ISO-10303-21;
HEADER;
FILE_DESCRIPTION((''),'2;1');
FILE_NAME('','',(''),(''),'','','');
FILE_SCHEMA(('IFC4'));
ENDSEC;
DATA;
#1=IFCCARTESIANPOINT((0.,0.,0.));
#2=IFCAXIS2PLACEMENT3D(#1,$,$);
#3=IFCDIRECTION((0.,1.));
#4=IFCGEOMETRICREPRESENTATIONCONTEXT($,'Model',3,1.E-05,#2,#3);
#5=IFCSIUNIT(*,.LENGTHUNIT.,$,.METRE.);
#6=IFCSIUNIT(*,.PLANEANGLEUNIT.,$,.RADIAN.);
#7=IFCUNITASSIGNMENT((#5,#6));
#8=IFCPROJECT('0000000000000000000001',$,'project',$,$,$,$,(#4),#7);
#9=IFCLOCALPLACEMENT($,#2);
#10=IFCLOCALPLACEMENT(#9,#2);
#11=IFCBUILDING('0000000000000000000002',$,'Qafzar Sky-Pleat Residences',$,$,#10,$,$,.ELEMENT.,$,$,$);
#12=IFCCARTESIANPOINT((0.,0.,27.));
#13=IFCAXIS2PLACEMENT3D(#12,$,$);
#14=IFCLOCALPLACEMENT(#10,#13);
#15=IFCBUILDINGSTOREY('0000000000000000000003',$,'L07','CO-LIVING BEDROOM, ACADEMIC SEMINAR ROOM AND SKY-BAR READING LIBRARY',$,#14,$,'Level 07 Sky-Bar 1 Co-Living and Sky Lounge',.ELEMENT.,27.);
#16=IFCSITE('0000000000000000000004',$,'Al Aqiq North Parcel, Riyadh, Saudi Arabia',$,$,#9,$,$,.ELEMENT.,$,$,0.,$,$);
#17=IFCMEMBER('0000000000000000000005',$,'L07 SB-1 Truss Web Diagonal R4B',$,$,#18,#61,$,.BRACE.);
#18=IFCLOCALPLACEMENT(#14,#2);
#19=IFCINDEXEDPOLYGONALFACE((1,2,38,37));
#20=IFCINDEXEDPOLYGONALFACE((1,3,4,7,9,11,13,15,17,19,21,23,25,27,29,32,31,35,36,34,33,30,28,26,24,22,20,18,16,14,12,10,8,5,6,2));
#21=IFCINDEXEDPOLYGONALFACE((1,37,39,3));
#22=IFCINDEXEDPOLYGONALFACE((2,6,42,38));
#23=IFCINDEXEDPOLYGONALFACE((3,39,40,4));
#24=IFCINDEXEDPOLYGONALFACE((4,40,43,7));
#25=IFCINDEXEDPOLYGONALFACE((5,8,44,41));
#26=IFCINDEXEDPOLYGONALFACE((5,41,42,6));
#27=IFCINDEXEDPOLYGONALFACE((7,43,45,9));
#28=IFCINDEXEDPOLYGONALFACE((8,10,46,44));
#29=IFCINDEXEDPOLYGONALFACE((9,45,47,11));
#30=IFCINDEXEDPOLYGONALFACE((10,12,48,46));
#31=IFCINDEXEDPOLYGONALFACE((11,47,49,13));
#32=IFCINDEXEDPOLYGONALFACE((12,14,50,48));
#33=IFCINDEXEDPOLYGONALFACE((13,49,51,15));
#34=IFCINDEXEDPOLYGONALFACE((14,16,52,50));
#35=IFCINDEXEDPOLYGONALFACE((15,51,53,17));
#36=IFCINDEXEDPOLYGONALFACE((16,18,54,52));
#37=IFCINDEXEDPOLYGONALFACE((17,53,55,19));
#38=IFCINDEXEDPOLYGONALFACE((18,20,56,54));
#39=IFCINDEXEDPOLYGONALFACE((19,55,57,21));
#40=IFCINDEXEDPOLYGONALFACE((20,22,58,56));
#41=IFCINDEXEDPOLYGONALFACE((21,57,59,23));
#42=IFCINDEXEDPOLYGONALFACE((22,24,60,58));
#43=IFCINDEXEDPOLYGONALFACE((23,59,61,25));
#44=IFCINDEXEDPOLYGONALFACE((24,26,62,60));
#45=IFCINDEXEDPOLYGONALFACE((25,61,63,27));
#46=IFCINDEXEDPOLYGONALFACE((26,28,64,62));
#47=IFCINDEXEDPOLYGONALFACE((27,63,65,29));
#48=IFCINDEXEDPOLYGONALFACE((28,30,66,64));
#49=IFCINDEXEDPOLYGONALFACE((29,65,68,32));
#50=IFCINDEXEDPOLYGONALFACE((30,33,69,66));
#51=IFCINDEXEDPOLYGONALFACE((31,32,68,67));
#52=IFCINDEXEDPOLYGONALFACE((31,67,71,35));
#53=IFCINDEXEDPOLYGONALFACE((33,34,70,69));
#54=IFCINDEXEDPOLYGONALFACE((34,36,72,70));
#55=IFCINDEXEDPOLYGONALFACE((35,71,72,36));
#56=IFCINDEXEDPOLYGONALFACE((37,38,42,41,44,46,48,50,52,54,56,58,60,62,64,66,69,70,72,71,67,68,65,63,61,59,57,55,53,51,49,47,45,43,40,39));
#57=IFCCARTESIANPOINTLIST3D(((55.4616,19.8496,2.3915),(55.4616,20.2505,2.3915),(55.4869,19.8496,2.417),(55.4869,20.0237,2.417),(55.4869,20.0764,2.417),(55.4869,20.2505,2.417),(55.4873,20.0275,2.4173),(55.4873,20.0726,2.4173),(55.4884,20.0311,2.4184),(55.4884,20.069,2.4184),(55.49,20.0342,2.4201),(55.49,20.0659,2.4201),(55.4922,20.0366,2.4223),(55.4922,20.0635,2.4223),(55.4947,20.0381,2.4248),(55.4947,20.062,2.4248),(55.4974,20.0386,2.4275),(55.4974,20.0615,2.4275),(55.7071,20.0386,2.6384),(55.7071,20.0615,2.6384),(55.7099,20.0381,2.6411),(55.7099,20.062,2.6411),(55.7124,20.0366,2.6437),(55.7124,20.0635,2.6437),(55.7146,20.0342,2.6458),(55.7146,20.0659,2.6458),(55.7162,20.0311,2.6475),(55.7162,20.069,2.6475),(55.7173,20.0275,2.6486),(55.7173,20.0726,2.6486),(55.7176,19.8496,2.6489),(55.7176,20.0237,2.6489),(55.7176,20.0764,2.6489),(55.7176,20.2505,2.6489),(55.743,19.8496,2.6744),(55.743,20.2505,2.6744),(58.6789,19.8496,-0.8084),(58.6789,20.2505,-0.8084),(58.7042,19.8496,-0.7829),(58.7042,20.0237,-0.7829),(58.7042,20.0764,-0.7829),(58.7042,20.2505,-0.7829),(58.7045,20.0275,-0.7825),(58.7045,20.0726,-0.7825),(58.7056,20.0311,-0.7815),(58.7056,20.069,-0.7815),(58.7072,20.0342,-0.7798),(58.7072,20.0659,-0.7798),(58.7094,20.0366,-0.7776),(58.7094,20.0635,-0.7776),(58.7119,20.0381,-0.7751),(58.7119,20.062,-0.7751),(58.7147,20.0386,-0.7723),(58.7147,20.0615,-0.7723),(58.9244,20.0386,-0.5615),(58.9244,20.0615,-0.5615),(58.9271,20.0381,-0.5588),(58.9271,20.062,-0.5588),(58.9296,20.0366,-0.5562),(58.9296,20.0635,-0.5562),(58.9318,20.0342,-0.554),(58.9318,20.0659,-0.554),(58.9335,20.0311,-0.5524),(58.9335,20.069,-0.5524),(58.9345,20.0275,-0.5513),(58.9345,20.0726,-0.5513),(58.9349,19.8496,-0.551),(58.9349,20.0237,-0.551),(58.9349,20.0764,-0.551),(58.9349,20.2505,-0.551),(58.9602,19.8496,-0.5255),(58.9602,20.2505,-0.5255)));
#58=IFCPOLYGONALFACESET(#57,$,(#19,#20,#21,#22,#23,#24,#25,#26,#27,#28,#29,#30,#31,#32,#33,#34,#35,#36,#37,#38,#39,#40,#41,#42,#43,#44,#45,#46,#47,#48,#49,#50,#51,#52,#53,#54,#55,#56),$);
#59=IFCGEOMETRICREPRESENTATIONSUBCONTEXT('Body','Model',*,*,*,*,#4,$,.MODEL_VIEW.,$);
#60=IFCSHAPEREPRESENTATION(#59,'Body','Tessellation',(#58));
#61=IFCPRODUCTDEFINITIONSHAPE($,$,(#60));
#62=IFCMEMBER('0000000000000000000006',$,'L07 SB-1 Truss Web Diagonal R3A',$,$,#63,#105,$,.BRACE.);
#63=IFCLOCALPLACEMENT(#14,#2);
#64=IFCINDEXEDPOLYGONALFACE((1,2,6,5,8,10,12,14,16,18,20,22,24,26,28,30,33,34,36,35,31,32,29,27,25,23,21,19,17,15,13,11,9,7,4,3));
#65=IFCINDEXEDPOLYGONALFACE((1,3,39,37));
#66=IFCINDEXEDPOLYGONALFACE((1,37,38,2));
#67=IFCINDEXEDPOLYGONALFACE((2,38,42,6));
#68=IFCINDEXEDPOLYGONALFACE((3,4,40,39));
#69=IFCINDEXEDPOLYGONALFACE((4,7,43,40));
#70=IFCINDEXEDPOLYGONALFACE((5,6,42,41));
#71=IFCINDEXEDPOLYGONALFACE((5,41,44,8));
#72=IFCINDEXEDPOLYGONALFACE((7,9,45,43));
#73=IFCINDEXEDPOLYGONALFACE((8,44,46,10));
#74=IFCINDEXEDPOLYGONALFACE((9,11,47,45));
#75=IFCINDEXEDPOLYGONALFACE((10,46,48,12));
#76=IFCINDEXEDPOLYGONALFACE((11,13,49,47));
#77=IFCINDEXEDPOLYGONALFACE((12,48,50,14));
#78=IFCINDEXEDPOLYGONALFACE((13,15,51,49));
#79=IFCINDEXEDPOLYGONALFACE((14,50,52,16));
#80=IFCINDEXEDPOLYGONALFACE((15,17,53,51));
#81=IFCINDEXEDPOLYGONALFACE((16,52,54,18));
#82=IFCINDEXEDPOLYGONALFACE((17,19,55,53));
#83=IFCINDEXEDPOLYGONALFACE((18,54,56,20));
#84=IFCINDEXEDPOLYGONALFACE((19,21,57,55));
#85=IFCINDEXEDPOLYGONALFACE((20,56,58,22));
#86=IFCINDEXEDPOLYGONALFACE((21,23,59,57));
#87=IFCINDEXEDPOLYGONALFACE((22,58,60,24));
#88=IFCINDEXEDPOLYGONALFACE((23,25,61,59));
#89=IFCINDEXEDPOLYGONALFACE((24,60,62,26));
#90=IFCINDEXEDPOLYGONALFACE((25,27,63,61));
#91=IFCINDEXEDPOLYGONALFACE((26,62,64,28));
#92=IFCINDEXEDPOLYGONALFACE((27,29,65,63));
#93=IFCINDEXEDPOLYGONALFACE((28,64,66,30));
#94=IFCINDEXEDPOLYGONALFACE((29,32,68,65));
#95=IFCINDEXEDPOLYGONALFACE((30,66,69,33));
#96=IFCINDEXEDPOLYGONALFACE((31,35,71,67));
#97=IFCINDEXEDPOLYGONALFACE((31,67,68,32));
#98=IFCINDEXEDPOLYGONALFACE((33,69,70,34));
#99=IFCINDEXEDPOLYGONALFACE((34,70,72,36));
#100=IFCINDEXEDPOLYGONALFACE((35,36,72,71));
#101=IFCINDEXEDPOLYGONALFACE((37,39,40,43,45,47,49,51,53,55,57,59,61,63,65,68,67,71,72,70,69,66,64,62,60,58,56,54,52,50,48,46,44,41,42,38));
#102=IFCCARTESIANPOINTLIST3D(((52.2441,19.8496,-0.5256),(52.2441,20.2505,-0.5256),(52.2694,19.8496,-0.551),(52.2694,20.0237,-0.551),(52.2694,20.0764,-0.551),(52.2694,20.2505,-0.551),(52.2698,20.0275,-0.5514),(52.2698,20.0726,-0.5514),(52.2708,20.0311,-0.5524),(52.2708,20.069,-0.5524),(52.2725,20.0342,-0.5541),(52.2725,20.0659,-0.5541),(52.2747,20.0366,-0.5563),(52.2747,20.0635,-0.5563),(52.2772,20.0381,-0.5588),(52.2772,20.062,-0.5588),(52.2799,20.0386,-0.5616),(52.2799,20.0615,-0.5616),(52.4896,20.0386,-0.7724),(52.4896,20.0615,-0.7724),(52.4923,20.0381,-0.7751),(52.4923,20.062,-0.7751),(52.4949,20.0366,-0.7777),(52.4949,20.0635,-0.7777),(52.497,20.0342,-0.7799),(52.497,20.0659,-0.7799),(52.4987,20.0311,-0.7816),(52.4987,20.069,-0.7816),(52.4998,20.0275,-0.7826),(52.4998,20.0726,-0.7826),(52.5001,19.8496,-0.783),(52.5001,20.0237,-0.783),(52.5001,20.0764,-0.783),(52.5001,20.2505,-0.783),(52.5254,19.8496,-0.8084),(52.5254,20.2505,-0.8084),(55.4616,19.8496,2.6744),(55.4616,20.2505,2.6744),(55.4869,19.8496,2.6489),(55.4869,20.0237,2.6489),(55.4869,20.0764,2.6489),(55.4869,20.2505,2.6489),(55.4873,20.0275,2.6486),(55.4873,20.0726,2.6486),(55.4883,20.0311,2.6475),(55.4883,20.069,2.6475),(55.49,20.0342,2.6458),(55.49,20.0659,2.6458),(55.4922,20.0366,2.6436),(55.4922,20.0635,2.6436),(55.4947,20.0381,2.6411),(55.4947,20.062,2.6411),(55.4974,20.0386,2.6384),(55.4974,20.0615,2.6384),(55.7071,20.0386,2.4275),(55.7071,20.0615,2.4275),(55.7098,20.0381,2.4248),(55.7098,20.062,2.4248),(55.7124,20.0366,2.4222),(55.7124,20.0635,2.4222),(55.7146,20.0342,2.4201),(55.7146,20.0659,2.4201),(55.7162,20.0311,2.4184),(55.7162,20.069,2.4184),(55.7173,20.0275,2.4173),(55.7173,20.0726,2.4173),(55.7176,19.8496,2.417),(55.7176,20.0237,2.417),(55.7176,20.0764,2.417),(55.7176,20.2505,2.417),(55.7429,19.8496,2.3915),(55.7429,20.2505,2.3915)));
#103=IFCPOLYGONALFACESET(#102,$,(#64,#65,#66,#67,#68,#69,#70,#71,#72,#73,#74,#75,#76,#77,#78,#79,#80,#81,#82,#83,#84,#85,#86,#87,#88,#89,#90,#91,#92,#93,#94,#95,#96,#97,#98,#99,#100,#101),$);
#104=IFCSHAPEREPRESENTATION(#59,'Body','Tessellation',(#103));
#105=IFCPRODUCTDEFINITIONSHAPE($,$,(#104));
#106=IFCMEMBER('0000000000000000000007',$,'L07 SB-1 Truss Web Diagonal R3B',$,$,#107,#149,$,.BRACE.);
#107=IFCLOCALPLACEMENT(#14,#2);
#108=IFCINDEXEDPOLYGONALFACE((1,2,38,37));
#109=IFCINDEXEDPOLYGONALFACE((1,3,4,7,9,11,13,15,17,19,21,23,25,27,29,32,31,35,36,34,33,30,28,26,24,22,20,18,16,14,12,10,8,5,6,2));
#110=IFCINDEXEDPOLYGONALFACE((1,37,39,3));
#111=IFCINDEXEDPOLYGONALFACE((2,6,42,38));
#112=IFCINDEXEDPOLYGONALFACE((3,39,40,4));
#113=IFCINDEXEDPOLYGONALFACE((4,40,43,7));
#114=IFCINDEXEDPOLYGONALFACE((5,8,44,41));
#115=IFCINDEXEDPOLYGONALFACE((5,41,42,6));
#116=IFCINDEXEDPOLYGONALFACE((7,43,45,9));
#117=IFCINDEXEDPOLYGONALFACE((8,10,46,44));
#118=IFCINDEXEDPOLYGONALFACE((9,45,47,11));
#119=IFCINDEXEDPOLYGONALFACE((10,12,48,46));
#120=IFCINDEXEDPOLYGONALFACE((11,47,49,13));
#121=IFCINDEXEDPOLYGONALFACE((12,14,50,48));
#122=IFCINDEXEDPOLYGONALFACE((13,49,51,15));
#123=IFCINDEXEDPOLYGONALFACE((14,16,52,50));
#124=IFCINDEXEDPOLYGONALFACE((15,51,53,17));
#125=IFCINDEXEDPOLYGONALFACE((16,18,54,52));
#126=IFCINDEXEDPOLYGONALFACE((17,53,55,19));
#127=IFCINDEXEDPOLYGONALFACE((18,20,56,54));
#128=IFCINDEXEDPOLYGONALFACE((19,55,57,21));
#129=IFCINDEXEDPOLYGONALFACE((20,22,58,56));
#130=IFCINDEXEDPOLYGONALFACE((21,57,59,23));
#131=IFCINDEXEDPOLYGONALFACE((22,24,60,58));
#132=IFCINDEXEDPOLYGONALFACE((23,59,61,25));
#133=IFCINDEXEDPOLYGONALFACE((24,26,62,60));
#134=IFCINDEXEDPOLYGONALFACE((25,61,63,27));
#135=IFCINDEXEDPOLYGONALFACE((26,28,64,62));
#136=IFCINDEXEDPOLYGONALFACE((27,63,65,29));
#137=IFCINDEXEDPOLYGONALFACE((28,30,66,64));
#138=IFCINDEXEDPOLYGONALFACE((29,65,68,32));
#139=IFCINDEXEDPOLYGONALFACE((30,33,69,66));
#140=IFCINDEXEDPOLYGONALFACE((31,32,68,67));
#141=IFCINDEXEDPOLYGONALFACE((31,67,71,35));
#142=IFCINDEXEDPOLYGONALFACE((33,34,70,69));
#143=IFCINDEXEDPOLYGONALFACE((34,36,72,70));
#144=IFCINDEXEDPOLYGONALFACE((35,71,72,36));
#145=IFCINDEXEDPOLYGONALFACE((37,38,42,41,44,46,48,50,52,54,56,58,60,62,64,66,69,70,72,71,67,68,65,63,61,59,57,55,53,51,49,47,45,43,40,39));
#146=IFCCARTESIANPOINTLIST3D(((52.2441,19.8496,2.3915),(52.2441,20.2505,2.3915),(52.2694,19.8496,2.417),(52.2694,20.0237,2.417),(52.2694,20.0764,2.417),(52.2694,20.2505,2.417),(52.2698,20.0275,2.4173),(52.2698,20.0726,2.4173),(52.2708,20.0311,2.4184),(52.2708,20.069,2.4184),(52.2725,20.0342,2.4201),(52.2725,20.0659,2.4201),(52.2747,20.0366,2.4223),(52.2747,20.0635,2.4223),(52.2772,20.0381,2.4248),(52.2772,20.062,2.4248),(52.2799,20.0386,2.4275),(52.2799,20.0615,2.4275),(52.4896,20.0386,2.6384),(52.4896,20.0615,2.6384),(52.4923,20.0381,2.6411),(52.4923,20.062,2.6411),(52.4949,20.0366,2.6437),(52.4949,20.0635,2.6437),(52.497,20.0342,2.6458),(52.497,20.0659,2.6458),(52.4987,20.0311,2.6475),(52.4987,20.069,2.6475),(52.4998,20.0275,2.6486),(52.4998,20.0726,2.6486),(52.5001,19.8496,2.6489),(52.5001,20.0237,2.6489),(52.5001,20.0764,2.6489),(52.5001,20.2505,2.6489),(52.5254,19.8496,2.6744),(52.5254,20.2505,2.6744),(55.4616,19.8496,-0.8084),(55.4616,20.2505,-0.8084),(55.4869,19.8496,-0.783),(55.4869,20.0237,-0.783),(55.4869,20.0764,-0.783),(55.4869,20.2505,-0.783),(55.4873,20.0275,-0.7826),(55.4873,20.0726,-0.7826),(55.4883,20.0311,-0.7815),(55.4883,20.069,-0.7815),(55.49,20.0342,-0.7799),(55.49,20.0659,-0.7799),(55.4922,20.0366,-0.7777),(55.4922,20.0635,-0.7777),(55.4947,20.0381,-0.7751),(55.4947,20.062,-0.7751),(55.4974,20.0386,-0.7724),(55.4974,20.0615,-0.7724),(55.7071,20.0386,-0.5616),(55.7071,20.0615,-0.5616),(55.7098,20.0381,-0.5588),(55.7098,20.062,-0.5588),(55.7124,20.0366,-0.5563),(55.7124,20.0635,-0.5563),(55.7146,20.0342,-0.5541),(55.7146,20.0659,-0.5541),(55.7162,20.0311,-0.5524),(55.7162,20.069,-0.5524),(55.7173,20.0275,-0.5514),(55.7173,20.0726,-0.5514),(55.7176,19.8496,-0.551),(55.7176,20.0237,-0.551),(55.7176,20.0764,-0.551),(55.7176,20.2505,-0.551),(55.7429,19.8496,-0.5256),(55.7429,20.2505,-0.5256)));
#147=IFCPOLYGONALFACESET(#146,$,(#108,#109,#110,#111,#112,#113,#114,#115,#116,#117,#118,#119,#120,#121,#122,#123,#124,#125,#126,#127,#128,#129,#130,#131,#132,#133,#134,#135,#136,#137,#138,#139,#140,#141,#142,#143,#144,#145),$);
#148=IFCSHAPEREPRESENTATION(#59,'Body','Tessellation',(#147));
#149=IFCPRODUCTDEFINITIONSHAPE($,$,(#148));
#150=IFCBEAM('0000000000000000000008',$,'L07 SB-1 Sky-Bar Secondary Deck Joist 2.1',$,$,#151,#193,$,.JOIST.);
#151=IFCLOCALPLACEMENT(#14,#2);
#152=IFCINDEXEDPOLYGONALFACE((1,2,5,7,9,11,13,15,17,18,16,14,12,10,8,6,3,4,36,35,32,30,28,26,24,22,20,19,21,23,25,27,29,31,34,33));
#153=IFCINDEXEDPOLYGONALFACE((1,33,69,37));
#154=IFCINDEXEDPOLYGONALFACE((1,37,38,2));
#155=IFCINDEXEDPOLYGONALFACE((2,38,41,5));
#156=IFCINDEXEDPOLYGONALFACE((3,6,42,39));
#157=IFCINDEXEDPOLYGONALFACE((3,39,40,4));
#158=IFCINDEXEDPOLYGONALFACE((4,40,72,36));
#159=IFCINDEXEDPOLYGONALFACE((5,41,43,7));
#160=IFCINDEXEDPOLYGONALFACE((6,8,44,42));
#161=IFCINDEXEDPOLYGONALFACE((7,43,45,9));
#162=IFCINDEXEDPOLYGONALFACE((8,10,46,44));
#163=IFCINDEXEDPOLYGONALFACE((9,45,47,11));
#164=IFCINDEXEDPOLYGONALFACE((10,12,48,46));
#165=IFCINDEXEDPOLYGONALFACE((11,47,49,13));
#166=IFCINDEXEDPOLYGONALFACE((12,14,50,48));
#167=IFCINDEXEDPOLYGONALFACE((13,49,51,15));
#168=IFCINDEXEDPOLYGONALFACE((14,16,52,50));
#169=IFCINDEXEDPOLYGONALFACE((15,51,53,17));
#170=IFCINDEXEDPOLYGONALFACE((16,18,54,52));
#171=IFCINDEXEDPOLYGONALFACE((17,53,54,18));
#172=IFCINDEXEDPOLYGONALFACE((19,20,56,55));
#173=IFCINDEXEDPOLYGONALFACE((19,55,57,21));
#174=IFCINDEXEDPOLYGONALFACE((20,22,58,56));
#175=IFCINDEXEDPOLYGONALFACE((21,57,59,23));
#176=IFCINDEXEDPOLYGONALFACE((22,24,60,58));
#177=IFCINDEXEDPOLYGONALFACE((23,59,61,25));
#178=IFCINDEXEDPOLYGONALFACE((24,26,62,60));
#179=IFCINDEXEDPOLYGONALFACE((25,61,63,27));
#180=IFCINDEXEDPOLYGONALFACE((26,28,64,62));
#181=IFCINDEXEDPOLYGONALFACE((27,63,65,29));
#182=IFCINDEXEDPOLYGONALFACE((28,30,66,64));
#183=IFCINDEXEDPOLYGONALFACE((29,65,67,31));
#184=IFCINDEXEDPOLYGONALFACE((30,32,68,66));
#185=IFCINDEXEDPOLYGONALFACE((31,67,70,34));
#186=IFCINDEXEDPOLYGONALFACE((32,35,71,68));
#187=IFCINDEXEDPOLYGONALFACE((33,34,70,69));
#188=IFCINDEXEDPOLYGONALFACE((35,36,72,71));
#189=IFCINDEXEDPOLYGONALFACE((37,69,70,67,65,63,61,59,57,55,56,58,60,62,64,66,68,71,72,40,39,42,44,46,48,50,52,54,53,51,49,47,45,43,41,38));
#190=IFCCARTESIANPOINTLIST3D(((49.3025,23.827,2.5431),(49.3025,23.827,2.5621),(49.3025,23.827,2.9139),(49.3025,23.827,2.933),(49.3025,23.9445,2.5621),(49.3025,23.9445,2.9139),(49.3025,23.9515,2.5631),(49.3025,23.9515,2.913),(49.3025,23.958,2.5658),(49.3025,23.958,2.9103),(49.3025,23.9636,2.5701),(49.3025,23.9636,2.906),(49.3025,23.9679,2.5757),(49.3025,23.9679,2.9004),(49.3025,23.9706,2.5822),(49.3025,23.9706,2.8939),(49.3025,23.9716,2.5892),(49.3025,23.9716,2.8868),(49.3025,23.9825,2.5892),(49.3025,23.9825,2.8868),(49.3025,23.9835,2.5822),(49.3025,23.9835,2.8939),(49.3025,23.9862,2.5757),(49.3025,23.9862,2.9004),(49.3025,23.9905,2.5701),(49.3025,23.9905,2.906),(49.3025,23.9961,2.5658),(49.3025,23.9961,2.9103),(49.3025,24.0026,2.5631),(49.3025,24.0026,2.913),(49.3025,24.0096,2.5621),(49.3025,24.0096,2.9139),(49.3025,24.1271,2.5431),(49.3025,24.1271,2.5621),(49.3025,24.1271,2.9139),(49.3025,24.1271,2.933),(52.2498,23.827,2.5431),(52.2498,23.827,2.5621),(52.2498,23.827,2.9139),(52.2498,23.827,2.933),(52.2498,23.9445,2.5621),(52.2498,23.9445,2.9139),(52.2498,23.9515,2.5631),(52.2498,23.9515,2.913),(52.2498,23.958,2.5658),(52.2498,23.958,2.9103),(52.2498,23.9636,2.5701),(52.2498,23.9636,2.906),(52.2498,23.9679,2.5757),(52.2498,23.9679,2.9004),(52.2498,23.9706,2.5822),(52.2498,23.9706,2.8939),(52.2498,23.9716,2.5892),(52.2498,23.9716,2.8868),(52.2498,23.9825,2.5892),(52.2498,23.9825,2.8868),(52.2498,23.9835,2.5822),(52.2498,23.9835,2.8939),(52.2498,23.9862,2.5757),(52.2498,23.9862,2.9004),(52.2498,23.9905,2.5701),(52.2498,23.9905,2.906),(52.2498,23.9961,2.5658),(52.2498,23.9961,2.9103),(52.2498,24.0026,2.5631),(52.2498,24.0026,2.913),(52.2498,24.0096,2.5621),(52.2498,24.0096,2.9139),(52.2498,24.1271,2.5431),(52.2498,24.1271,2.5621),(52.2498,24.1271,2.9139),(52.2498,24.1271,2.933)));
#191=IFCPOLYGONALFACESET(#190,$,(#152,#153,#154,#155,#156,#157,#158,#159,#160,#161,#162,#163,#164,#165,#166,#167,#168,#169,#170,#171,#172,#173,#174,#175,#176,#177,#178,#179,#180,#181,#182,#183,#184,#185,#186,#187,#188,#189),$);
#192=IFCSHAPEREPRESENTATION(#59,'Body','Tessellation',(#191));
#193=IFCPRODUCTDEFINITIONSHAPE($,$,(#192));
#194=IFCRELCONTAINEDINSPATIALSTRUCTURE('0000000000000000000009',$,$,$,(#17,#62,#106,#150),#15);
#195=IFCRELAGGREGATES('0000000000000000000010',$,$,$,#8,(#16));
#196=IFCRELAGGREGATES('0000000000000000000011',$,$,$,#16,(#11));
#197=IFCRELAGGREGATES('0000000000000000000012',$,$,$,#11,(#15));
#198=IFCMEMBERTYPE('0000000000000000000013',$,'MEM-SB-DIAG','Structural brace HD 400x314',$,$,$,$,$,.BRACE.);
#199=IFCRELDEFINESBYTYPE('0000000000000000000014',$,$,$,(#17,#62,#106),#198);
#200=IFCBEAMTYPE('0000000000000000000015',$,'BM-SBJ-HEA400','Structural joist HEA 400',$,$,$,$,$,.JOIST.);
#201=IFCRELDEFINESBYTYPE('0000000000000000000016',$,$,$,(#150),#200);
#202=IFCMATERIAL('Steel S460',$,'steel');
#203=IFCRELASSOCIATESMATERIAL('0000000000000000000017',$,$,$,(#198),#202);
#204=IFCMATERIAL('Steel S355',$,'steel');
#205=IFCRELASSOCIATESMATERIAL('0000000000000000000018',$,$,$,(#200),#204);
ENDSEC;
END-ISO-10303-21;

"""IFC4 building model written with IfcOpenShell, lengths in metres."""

from ifc_helpers import new_model, si_unit, direction, frame, origin, origin_2d, place, context, subcontext, project, spatial, i_section, extrude, source, transform, mapped, material, material_profile, profile_set, type_object, element, save


model = new_model("IFC4")

# Units and contexts
model_context = context("Model", 3, precision=1e-05, world=origin(), true_north=direction((0.0, 1.0)))
body_context = subcontext(model_context, "Body", "Model", "MODEL_VIEW")
ifc_project = project(units=[si_unit("LENGTHUNIT", "METRE"), si_unit("PLANEANGLEUNIT", "RADIAN")], contexts=[model_context])

# Site, building, storey
site_placement = place(None, origin())
site = spatial("IfcSite", under=ifc_project, at=site_placement, Name="Al Aqiq North Parcel, Riyadh, Saudi Arabia", CompositionType="ELEMENT", RefElevation=0.0)
building_placement = place(site_placement, origin())
building = spatial("IfcBuilding", under=site, at=building_placement, Name="Qafzar Sky-Pleat Residences", CompositionType="ELEMENT")
storey_placement = place(building_placement, frame((0.0, 0.0, 27.0)))
storey = spatial("IfcBuildingStorey", under=building, at=storey_placement, Name="L07", Description="CO-LIVING BEDROOM, ACADEMIC SEMINAR ROOM AND SKY-BAR READING LIBRARY", LongName="Level 07 Sky-Bar 1 Co-Living and Sky Lounge", CompositionType="ELEMENT", Elevation=27.0)

# Shared definitions
ifc_material_1 = material(Name="Steel S460", Category="steel")

# Shared definitions
ifc_material_2 = material(Name="Steel S355", Category="steel")

# Members
ifc_material_profile_1 = material_profile(ifc_material_1, i_section(OverallWidth=0.4009, OverallDepth=0.3989, WebThickness=0.0229, FlangeThickness=0.0359, FilletRadius=0.0149, at=origin_2d()), Name="HD 400x314")
ifc_profile_set_1 = profile_set([ifc_material_profile_1], Name="Steel S460")
member_type = type_object("IfcMemberType", Name="MEM-SB-DIAG", Description="Structural brace HD 400x314", PredefinedType="BRACE", material=ifc_profile_set_1)
shared_shape_1 = source(origin(), body_context, "Body", "SweptSolid", [
    extrude(i_section(OverallWidth=0.4009, OverallDepth=0.3989, WebThickness=0.0229, FlangeThickness=0.0359, FilletRadius=0.0149, at=origin_2d()), origin(), (0.0, 0.0, 1.0), 4.5376),
])
for number, where, z_axis, x_axis, name in (
    (1, (55.6023, 20.05, 2.533), (0.709014, 0.0, -0.705194), (0.0, 1.0, 0.0), "L07 SB-1 Truss Web Diagonal R4B"),
):
    element("IfcMember", number, at=place(storey_placement, frame(where, z_axis=z_axis, x_axis=x_axis)), inside=storey, type_object=member_type, Name=name, PredefinedType="BRACE", context=body_context, shape_type="MappedRepresentation", body=[
        mapped(shared_shape_1, transform((0.0, 0.0, 0.0), x_axis=(1.0, 0.0, 0.0), y_axis=(0.0, 1.0, 0.0), z_axis=(0.0, 0.0, 1.0), scale=1.0)),
    ])
shared_shape_2 = source(origin(), body_context, "Body", "SweptSolid", [
    extrude(i_section(OverallWidth=0.4009, OverallDepth=0.3989, WebThickness=0.0229, FlangeThickness=0.0359, FilletRadius=0.0149, at=origin_2d()), origin(), (0.0, 0.0, 1.0), 4.5378),
])
for number, where, z_axis, x_axis, name in (
    (2, (52.3848, 20.05, -0.667), (0.709041, 0.0, 0.705167), (0.0, 1.0, 0.0), "L07 SB-1 Truss Web Diagonal R3A"),
    (3, (52.3848, 20.05, 2.533), (0.709041, 0.0, -0.705167), (0.0, 1.0, 0.0), "L07 SB-1 Truss Web Diagonal R3B"),
):
    element("IfcMember", number, at=place(storey_placement, frame(where, z_axis=z_axis, x_axis=x_axis)), inside=storey, type_object=member_type, Name=name, PredefinedType="BRACE", context=body_context, shape_type="MappedRepresentation", body=[
        mapped(shared_shape_2, transform((0.0, 0.0, 0.0), x_axis=(1.0, 0.0, 0.0), y_axis=(0.0, 1.0, 0.0), z_axis=(0.0, 0.0, 1.0), scale=1.0)),
    ])

# Beam
ifc_material_profile_2 = material_profile(ifc_material_2, i_section(OverallWidth=0.3, OverallDepth=0.3899, WebThickness=0.011, FlangeThickness=0.019, FilletRadius=0.0271, at=origin_2d()), Name="HEA 400")
ifc_profile_set_2 = profile_set([ifc_material_profile_2], Name="Steel S355")
beam_type_1 = type_object("IfcBeamType", Name="BM-SBJ-HEA400", Description="Structural joist HEA 400", PredefinedType="JOIST", material=ifc_profile_set_2)
shared_shape_3 = source(origin(), body_context, "Body", "SweptSolid", [
    extrude(i_section(OverallWidth=0.3, OverallDepth=0.3899, WebThickness=0.011, FlangeThickness=0.019, FilletRadius=0.0271, at=origin_2d()), origin(), (0.0, 0.0, 1.0), 2.9473),
])
for number, where, z_axis, x_axis, name in (
    (4, (49.3025, 23.9771, 2.738), (1.0, 0.0, 0.0), (0.0, 1.0, 0.0), "L07 SB-1 Sky-Bar Secondary Deck Joist 2.1"),
):
    element("IfcBeam", number, at=place(storey_placement, frame(where, z_axis=z_axis, x_axis=x_axis)), inside=storey, type_object=beam_type_1, Name=name, PredefinedType="JOIST", context=body_context, shape_type="MappedRepresentation", body=[
        mapped(shared_shape_3, transform((0.0, 0.0, 0.0), x_axis=(1.0, 0.0, 0.0), y_axis=(0.0, 1.0, 0.0), z_axis=(0.0, 0.0, 1.0), scale=1.0)),
    ])

save(model, "model.ifc")
